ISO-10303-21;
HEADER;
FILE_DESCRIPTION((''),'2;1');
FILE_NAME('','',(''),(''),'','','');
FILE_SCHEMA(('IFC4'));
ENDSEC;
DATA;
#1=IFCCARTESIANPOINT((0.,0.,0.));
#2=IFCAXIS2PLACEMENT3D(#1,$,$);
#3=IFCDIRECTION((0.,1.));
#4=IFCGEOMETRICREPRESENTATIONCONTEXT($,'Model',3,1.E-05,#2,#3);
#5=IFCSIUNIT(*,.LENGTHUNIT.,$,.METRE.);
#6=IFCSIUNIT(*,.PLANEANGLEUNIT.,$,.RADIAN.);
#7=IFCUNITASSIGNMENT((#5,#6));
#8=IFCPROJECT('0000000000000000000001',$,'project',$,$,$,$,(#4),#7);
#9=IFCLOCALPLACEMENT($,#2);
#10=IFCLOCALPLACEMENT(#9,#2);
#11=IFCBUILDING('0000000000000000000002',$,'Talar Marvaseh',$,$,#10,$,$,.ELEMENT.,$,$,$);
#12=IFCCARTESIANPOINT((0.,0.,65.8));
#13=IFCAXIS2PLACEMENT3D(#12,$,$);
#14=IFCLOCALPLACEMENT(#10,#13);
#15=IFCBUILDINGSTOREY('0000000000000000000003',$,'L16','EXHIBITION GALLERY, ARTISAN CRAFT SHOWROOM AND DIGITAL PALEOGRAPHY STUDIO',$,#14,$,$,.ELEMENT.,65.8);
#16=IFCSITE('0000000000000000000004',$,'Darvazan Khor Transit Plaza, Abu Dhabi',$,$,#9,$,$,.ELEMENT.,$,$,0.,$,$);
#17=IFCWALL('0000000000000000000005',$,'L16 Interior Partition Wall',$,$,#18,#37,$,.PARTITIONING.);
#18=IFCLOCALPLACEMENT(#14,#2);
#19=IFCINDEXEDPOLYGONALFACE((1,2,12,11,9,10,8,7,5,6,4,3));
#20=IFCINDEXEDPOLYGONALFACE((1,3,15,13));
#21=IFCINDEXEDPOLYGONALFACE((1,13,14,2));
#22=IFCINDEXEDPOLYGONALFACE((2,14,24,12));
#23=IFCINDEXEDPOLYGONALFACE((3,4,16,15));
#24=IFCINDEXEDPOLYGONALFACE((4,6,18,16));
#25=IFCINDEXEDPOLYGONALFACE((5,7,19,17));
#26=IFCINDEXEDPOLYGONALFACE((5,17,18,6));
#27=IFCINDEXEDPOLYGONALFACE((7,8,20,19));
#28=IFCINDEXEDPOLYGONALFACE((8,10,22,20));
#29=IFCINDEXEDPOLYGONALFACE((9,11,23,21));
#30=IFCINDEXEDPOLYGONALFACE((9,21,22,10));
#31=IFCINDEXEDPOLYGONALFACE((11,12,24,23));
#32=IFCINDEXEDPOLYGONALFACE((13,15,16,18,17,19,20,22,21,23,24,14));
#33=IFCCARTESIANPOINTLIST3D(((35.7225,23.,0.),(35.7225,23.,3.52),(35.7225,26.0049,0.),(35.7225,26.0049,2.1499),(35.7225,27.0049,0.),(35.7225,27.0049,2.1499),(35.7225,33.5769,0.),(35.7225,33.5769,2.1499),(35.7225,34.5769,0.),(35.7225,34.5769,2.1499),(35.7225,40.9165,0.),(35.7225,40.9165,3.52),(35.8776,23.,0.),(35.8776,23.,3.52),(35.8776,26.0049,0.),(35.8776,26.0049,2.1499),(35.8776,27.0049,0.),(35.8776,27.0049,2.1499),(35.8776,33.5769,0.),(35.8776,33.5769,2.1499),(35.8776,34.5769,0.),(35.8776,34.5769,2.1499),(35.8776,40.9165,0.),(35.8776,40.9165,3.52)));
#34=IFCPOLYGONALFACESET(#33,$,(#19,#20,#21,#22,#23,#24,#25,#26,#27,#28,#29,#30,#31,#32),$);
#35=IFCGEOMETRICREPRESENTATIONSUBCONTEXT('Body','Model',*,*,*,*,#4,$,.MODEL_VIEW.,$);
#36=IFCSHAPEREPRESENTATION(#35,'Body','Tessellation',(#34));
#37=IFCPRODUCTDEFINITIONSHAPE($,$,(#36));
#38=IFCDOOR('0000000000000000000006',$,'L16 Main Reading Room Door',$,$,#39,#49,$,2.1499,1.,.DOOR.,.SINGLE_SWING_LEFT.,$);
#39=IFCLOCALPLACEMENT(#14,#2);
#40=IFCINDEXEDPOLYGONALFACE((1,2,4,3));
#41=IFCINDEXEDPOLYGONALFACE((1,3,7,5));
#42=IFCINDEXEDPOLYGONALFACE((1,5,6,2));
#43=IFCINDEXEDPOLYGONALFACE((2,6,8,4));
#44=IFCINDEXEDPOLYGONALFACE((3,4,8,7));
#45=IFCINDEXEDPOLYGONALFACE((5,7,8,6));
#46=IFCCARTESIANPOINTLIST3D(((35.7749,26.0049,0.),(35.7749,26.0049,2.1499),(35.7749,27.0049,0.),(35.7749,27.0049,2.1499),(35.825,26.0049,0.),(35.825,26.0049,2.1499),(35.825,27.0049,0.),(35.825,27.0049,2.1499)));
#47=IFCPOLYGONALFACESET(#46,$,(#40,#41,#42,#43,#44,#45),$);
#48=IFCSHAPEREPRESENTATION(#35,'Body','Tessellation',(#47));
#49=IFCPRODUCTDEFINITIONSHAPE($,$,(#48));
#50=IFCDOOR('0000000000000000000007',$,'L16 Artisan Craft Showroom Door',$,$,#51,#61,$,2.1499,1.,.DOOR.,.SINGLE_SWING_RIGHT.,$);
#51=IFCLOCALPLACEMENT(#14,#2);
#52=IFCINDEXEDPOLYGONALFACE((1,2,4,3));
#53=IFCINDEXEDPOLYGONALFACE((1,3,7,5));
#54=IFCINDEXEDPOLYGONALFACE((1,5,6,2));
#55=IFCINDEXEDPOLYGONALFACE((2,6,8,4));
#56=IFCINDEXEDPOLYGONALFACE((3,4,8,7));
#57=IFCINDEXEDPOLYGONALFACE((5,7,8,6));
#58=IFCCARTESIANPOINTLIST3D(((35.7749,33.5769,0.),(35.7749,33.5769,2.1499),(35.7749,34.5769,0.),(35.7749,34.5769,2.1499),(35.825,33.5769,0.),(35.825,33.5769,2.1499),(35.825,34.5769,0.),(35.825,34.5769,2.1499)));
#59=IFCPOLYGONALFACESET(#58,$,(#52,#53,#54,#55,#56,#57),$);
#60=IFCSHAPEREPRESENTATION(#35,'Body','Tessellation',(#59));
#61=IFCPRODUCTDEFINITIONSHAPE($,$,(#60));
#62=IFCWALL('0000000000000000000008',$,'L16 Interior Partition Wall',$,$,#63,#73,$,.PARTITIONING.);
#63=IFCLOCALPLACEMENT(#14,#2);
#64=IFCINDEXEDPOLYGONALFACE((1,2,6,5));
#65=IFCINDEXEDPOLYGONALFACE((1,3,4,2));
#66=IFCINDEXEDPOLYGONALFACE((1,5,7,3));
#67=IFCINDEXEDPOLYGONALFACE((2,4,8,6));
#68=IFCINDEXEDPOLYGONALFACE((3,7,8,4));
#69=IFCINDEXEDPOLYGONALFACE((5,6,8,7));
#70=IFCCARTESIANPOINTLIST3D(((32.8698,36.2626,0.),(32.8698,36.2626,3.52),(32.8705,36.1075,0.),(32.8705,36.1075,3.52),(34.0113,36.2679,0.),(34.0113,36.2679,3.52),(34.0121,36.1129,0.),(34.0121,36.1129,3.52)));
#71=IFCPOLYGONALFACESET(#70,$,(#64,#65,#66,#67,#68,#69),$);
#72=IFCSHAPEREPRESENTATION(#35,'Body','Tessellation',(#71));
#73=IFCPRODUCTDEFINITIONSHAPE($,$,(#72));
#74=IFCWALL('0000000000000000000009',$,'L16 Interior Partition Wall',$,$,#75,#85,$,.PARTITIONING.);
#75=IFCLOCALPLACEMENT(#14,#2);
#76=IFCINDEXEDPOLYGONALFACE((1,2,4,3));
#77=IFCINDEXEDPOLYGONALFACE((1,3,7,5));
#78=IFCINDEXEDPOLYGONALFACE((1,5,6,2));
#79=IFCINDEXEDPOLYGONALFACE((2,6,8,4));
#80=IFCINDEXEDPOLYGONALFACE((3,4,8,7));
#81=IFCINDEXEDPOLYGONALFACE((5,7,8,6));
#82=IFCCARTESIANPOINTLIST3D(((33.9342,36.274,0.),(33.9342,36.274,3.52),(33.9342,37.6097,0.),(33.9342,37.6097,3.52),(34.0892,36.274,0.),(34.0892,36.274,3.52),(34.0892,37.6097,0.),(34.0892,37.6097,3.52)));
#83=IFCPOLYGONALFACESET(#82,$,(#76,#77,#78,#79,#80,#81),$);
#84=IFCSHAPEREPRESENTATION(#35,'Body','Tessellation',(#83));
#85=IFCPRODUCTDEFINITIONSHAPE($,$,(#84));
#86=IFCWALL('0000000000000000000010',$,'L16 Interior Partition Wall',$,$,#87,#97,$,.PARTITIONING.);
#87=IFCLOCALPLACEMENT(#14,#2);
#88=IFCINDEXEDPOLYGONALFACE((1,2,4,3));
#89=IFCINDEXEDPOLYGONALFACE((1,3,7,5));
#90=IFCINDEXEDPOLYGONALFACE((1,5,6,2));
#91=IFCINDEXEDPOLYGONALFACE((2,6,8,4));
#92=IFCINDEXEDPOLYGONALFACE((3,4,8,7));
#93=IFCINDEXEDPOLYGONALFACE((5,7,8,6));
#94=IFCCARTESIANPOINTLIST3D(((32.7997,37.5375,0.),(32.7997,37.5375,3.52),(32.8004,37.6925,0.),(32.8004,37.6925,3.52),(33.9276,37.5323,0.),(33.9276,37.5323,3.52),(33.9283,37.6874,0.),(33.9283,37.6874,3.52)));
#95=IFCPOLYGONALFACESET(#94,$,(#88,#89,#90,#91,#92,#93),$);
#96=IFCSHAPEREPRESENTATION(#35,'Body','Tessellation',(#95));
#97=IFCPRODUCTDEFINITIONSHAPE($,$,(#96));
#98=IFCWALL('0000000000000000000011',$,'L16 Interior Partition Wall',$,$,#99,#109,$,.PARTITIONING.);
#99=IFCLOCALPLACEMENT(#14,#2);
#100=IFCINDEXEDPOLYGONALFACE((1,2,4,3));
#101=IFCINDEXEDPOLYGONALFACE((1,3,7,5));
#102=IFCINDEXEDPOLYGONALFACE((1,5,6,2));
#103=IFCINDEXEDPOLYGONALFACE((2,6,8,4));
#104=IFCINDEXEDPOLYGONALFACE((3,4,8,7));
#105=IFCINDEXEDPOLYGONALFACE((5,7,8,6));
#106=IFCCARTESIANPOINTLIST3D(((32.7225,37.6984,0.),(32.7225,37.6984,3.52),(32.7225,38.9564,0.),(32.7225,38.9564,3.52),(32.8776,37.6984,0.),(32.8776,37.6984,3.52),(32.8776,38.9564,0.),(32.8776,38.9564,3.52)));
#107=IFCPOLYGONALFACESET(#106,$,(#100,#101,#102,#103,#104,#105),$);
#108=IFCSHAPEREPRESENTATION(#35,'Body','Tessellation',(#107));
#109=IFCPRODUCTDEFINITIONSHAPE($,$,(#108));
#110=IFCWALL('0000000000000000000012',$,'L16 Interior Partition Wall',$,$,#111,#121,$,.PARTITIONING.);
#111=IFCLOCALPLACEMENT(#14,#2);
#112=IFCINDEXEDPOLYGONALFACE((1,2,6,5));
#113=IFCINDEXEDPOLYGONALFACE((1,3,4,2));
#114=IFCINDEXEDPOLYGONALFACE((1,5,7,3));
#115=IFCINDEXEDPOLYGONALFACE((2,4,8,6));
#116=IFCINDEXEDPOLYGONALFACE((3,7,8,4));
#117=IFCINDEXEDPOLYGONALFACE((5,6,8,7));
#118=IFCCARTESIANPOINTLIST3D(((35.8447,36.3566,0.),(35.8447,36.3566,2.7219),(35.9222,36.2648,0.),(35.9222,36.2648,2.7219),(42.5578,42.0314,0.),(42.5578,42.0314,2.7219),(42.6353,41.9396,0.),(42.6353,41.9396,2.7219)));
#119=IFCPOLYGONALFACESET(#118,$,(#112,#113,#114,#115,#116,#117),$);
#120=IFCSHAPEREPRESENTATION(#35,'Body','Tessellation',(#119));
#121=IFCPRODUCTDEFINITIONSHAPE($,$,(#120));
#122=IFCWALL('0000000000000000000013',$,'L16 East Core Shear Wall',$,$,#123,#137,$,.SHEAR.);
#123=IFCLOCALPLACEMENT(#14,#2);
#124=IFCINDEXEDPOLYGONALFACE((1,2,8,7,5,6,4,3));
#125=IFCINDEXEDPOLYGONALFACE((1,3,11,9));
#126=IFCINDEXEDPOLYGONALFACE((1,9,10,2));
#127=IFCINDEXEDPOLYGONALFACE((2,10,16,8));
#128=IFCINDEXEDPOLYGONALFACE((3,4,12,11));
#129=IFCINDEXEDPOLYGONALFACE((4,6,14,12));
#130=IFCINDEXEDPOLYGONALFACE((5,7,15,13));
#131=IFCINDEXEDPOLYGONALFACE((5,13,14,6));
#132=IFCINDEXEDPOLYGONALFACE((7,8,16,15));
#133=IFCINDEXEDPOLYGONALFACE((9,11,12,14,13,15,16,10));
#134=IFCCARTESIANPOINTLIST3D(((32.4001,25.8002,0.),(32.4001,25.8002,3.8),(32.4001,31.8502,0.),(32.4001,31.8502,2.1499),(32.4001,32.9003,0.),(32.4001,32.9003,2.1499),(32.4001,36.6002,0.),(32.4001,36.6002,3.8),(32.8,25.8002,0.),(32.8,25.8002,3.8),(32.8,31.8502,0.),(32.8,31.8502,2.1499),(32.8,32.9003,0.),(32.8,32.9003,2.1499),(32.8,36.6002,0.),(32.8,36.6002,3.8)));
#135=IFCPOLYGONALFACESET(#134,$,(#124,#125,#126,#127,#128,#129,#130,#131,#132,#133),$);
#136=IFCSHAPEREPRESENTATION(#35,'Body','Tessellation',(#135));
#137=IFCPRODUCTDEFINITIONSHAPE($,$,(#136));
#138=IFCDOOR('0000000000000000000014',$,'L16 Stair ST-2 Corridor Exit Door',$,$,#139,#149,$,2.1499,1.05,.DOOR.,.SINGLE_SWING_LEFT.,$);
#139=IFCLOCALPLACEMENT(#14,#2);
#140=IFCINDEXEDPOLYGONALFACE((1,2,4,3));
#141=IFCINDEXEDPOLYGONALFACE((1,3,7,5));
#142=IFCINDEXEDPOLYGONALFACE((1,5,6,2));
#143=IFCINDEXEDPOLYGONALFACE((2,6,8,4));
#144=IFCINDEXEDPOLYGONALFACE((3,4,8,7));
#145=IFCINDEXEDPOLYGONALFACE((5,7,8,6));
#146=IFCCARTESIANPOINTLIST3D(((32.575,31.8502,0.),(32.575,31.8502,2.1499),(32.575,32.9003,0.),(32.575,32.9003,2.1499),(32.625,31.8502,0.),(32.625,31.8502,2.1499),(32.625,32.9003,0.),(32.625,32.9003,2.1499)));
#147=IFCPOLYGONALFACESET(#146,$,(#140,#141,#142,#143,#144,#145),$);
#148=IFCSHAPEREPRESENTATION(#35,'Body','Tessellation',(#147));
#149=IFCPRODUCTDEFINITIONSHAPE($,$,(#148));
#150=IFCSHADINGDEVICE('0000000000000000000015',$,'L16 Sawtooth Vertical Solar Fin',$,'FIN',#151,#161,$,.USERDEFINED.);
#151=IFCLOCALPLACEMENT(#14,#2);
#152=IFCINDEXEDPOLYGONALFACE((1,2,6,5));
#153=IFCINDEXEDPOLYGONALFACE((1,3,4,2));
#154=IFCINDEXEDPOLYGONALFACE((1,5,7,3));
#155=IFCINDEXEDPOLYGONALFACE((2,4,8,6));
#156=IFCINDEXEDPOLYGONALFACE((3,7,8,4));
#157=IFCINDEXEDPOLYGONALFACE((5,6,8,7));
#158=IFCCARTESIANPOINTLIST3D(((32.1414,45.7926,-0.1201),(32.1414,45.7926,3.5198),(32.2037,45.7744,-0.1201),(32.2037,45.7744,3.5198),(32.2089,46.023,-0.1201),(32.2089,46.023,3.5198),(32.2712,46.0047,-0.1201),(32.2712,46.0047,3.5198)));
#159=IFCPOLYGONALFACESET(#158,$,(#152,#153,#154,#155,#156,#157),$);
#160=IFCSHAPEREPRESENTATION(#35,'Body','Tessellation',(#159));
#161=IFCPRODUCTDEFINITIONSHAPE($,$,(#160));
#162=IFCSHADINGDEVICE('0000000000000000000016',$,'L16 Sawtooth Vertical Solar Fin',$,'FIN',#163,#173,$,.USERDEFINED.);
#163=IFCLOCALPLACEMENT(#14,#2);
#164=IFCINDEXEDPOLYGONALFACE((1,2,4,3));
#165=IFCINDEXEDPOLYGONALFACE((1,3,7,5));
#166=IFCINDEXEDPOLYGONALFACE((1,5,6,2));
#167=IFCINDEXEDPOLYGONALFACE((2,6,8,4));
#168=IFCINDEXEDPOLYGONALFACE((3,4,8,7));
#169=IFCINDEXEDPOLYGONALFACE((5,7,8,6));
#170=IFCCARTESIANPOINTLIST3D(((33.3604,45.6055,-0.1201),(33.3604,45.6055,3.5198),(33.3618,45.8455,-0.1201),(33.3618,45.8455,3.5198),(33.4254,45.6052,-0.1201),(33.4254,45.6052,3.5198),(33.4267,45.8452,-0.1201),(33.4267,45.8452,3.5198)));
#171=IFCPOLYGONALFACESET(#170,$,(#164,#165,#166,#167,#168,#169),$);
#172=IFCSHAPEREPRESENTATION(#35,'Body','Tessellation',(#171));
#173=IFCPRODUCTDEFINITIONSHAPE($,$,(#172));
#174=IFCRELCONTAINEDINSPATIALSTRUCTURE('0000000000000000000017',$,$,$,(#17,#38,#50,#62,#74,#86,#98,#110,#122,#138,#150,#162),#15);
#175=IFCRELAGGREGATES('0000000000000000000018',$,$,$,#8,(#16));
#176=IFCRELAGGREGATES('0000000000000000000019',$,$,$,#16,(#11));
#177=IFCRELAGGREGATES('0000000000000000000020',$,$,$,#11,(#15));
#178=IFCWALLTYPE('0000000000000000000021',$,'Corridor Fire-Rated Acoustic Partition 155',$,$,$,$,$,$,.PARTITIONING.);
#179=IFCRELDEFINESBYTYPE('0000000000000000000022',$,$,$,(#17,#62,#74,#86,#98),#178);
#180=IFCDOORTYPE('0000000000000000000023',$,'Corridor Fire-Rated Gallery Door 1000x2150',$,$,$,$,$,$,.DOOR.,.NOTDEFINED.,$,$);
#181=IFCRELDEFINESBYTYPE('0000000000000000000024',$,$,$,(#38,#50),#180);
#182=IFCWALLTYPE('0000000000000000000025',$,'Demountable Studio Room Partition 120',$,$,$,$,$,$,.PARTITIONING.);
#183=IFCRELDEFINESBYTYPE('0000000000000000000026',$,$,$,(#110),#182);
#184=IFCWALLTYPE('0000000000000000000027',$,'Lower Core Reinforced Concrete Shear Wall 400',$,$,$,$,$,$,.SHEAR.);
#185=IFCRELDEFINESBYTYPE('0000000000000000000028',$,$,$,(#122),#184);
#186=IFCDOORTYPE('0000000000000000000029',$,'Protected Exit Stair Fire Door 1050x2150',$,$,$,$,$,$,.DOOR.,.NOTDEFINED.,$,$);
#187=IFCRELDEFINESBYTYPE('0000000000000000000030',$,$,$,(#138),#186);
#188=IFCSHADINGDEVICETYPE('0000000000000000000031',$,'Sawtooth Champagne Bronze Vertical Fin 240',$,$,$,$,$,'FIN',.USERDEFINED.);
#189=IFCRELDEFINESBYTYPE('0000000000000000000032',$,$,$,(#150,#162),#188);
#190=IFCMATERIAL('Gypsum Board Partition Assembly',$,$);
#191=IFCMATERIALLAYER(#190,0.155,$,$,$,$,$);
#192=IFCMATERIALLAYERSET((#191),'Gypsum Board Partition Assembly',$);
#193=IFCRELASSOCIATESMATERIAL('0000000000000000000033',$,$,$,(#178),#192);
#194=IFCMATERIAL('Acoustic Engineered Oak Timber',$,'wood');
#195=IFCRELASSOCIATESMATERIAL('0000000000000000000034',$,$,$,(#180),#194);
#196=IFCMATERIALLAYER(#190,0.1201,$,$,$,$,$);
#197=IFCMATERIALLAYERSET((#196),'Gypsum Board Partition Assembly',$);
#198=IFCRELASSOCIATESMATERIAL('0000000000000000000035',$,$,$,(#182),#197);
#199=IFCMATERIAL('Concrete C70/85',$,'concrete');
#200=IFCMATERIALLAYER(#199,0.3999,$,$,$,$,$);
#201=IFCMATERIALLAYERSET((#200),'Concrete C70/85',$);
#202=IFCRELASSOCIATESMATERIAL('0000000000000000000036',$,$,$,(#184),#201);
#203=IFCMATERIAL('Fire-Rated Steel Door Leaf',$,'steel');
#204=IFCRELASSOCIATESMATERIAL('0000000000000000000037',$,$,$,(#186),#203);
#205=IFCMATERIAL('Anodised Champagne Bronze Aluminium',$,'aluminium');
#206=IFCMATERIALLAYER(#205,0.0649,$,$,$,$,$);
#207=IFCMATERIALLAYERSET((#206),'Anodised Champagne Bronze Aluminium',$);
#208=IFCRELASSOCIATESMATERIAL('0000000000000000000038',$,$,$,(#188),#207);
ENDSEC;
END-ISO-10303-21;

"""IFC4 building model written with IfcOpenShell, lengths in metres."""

from ifc_helpers import new_model, si_unit, direction, frame, frame_2d, origin, origin_2d, place, context, subcontext, project, spatial, rectangle, extrude, source, transform, mapped, material, layer, layer_set, type_object, type_shapes, element, fill, save


model = new_model("IFC4")

# Units and contexts
model_context = context("Model", 3, precision=1e-05, world=origin(), true_north=direction((0.0, 1.0)))
body_context = subcontext(model_context, "Body", "Model", "MODEL_VIEW")
ifc_project = project(units=[si_unit("LENGTHUNIT", "METRE"), si_unit("PLANEANGLEUNIT", "RADIAN")], contexts=[model_context])

# Site, building, storey
site_placement = place(None, origin())
site = spatial("IfcSite", under=ifc_project, at=site_placement, Name="Darvazan Khor Transit Plaza, Abu Dhabi", CompositionType="ELEMENT", RefElevation=0.0)
building_placement = place(site_placement, origin())
building = spatial("IfcBuilding", under=site, at=building_placement, Name="Talar Marvaseh", CompositionType="ELEMENT")
storey_placement = place(building_placement, frame((0.0, 0.0, 65.8)))
storey = spatial("IfcBuildingStorey", under=building, at=storey_placement, Name="L16", Description="EXHIBITION GALLERY, ARTISAN CRAFT SHOWROOM AND DIGITAL PALEOGRAPHY STUDIO", CompositionType="ELEMENT", Elevation=65.8)

# Shared definitions
ifc_material_1 = material(Name="Concrete C70/85", Category="concrete")

# Wall, openings, doors
ifc_material_2 = material(Name="Gypsum Board Partition Assembly")
ifc_layer_1 = layer(ifc_material_2, 0.155)
ifc_layer_set_1 = layer_set([ifc_layer_1], Name="Gypsum Board Partition Assembly")
wall_type_1 = type_object("IfcWallType", Name="Corridor Fire-Rated Acoustic Partition 155", PredefinedType="PARTITIONING", material=ifc_layer_set_1)
ifc_material_3 = material(Name="Acoustic Engineered Oak Timber", Category="wood")
door_type_1 = type_object("IfcDoorType", Name="Corridor Fire-Rated Gallery Door 1000x2150", OperationType="NOTDEFINED", PredefinedType="DOOR", material=ifc_material_3)
shared_shape_1 = source(origin(), body_context, "Body", "SweptSolid", [
    extrude(rectangle(XDim=1.0, YDim=2.1499, at=frame_2d((0.5, 1.075))), frame((0.0, 0.0249, 0.0), z_axis=(0.0, -1.0, 0.0), x_axis=(1.0, 0.0, 0.0)), (0.0, 0.0, 1.0), 0.05),
])
type_shapes(door_type_1, [shared_shape_1])
wall_1_placement = place(storey_placement, frame((35.8, 40.9165, 0.0), z_axis=(0.0, 0.0, 1.0), x_axis=(0.0, -1.0, 0.0)))
wall_1 = element("IfcWall", 1, at=wall_1_placement, inside=storey, type_object=wall_type_1, Name="L16 Interior Partition Wall", PredefinedType="PARTITIONING", context=body_context, shape_type="SweptSolid", body=[
    extrude(rectangle(XDim=17.9165, YDim=0.155, at=frame_2d((8.9583, 0.0))), origin(), (0.0, 0.0, 1.0), 3.52),
])
opening_1_placement = place(wall_1_placement, frame((13.9116, 0.0, 0.0)))
opening_1 = element("IfcOpeningElement", 2, at=opening_1_placement, cuts=wall_1, PredefinedType="OPENING", context=body_context, shape_type="SweptSolid", body=[
    extrude(rectangle(XDim=1.0, YDim=2.1499, at=frame_2d((0.5, 1.075))), frame((0.0, 0.0874, 0.0), z_axis=(0.0, -1.0, 0.0), x_axis=(1.0, 0.0, 0.0)), (0.0, 0.0, 1.0), 0.175),
])
opening_2_placement = place(wall_1_placement, frame((6.3396, 0.0, 0.0)))
opening_2 = element("IfcOpeningElement", 3, at=opening_2_placement, cuts=wall_1, PredefinedType="OPENING", context=body_context, shape_type="SweptSolid", body=[
    extrude(rectangle(XDim=1.0, YDim=2.1499, at=frame_2d((0.5, 1.075))), frame((0.0, 0.0874, 0.0), z_axis=(0.0, -1.0, 0.0), x_axis=(1.0, 0.0, 0.0)), (0.0, 0.0, 1.0), 0.175),
])
door_1_placement = place(opening_1_placement, origin())
door_1 = element("IfcDoor", 4, at=door_1_placement, inside=storey, type_object=door_type_1, Name="L16 Main Reading Room Door", OperationType="SINGLE_SWING_LEFT", OverallHeight=2.1499, OverallWidth=1.0, PredefinedType="DOOR", context=body_context, shape_type="MappedRepresentation", body=[
    mapped(shared_shape_1, transform((0.0, 0.0, 0.0), x_axis=(1.0, 0.0, 0.0), y_axis=(0.0, 1.0, 0.0), z_axis=(0.0, 0.0, 1.0), scale=1.0)),
])
fill(opening_1, door_1)
door_2_placement = place(opening_2_placement, origin())
door_2 = element("IfcDoor", 5, at=door_2_placement, inside=storey, type_object=door_type_1, Name="L16 Artisan Craft Showroom Door", OperationType="SINGLE_SWING_RIGHT", OverallHeight=2.1499, OverallWidth=1.0, PredefinedType="DOOR", context=body_context, shape_type="MappedRepresentation", body=[
    mapped(shared_shape_1, transform((0.0, 0.0, 0.0), x_axis=(1.0, 0.0, 0.0), y_axis=(0.0, 1.0, 0.0), z_axis=(0.0, 0.0, 1.0), scale=1.0)),
])
fill(opening_2, door_2)

# Walls
wall_2_placement = place(storey_placement, frame((32.8701, 36.1851, 0.0), z_axis=(0.0, 0.0, 1.0), x_axis=(0.999989, 0.004705, 0.0)))
element("IfcWall", 6, at=wall_2_placement, inside=storey, type_object=wall_type_1, Name="L16 Interior Partition Wall", PredefinedType="PARTITIONING", context=body_context, shape_type="SweptSolid", body=[
    extrude(rectangle(XDim=1.1416, YDim=0.155, at=frame_2d((0.5708, 0.0))), origin(), (0.0, 0.0, 1.0), 3.52),
])
wall_3_placement = place(storey_placement, frame((34.0117, 36.2739, 0.0), z_axis=(0.0, 0.0, 1.0), x_axis=(0.0, 1.0, 0.0)))
element("IfcWall", 7, at=wall_3_placement, inside=storey, type_object=wall_type_1, Name="L16 Interior Partition Wall", PredefinedType="PARTITIONING", context=body_context, shape_type="SweptSolid", body=[
    extrude(rectangle(XDim=1.3357, YDim=0.155, at=frame_2d((0.668, 0.0))), origin(), (0.0, 0.0, 1.0), 3.52),
])
wall_4_placement = place(storey_placement, frame((33.928, 37.6099, 0.0), z_axis=(0.0, 0.0, 1.0), x_axis=(-0.99999, 0.004545, 0.0)))
element("IfcWall", 8, at=wall_4_placement, inside=storey, type_object=wall_type_1, Name="L16 Interior Partition Wall", PredefinedType="PARTITIONING", context=body_context, shape_type="SweptSolid", body=[
    extrude(rectangle(XDim=1.1279, YDim=0.155, at=frame_2d((0.564, 0.0))), origin(), (0.0, 0.0, 1.0), 3.52),
])
wall_5_placement = place(storey_placement, frame((32.8, 37.6985, 0.0), z_axis=(0.0, 0.0, 1.0), x_axis=(0.0, 1.0, 0.0)))
element("IfcWall", 9, at=wall_5_placement, inside=storey, type_object=wall_type_1, Name="L16 Interior Partition Wall", PredefinedType="PARTITIONING", context=body_context, shape_type="SweptSolid", body=[
    extrude(rectangle(XDim=1.2581, YDim=0.155, at=frame_2d((0.6289, 0.0))), origin(), (0.0, 0.0, 1.0), 3.52),
])
ifc_layer_2 = layer(ifc_material_2, 0.1201)
ifc_layer_set_2 = layer_set([ifc_layer_2], Name="Gypsum Board Partition Assembly")
wall_type_2 = type_object("IfcWallType", Name="Demountable Studio Room Partition 120", PredefinedType="PARTITIONING", material=ifc_layer_set_2)
wall_6_placement = place(storey_placement, frame((35.8835, 36.3108, 0.0), z_axis=(0.0, 0.0, 1.0), x_axis=(0.763697, 0.645575, 0.0)))
element("IfcWall", 10, at=wall_6_placement, inside=storey, type_object=wall_type_2, Name="L16 Interior Partition Wall", PredefinedType="PARTITIONING", context=body_context, shape_type="SweptSolid", body=[
    extrude(rectangle(XDim=8.7903, YDim=0.1201, at=frame_2d((4.395, 0.0))), origin(), (0.0, 0.0, 1.0), 2.7219),
])

# Wall, opening, door
ifc_layer_3 = layer(ifc_material_1, 0.3999)
ifc_layer_set_3 = layer_set([ifc_layer_3], Name="Concrete C70/85")
wall_type_3 = type_object("IfcWallType", Name="Lower Core Reinforced Concrete Shear Wall 400", PredefinedType="SHEAR", material=ifc_layer_set_3)
wall_7_placement = place(storey_placement, frame((32.6001, 36.6001, 0.0), z_axis=(0.0, 0.0, 1.0), x_axis=(0.0, -1.0, 0.0)))
wall_7 = element("IfcWall", 11, at=wall_7_placement, inside=storey, type_object=wall_type_3, Name="L16 East Core Shear Wall", PredefinedType="SHEAR", context=body_context, shape_type="SweptSolid", body=[
    extrude(rectangle(XDim=10.8, YDim=0.3999, at=frame_2d((5.3999, 0.0))), origin(), (0.0, 0.0, 1.0), 3.8),
])
opening_3_placement = place(wall_7_placement, frame((3.7, 0.0, 0.0)))
opening_3 = element("IfcOpeningElement", 12, at=opening_3_placement, cuts=wall_7, PredefinedType="OPENING", context=body_context, shape_type="SweptSolid", body=[
    extrude(rectangle(XDim=1.05, YDim=2.1499, at=frame_2d((0.5249, 1.075))), frame((0.0, 0.21, 0.0), z_axis=(0.0, -1.0, 0.0), x_axis=(1.0, 0.0, 0.0)), (0.0, 0.0, 1.0), 0.4199),
])
ifc_material_4 = material(Name="Fire-Rated Steel Door Leaf", Category="steel")
door_type_2 = type_object("IfcDoorType", Name="Protected Exit Stair Fire Door 1050x2150", OperationType="NOTDEFINED", PredefinedType="DOOR", material=ifc_material_4)
shared_shape_2 = source(origin(), body_context, "Body", "SweptSolid", [
    extrude(rectangle(XDim=1.05, YDim=2.1499, at=frame_2d((0.5249, 1.075))), frame((0.0, 0.0249, 0.0), z_axis=(0.0, -1.0, 0.0), x_axis=(1.0, 0.0, 0.0)), (0.0, 0.0, 1.0), 0.05),
])
type_shapes(door_type_2, [shared_shape_2])
door_3_placement = place(opening_3_placement, origin())
door_3 = element("IfcDoor", 13, at=door_3_placement, inside=storey, type_object=door_type_2, Name="L16 Stair ST-2 Corridor Exit Door", OperationType="SINGLE_SWING_LEFT", OverallHeight=2.1499, OverallWidth=1.05, PredefinedType="DOOR", context=body_context, shape_type="MappedRepresentation", body=[
    mapped(shared_shape_2, transform((0.0, 0.0, 0.0), x_axis=(1.0, 0.0, 0.0), y_axis=(0.0, 1.0, 0.0), z_axis=(0.0, 0.0, 1.0), scale=1.0)),
])
fill(opening_3, door_3)

# Shading devices
ifc_material_5 = material(Name="Anodised Champagne Bronze Aluminium", Category="aluminium")
ifc_layer_4 = layer(ifc_material_5, 0.0649)
ifc_layer_set_4 = layer_set([ifc_layer_4], Name="Anodised Champagne Bronze Aluminium")
shading_device_type = type_object("IfcShadingDeviceType", Name="Sawtooth Champagne Bronze Vertical Fin 240", ElementType="FIN", PredefinedType="USERDEFINED", material=ifc_layer_set_4)
shared_shape_3 = source(origin(), body_context, "Body", "SweptSolid", [
    extrude(rectangle(XDim=0.24, YDim=0.0649, at=origin_2d()), origin(), (0.0, 0.0, 1.0), 3.6399),
])
type_shapes(shading_device_type, [shared_shape_3])
for number, where, z_axis, x_axis, name in (
    (14, (32.2063, 45.8987, -0.1201), (0.0, 0.0, 1.0), (0.281002, 0.959707, 0.0), "L16 Sawtooth Vertical Solar Fin"),
    (15, (33.3936, 45.7253, -0.1201), (0.0, 0.0, 1.0), (0.005585, 0.999984, 0.0), "L16 Sawtooth Vertical Solar Fin"),
):
    element("IfcShadingDevice", number, at=place(storey_placement, frame(where, z_axis=z_axis, x_axis=x_axis)), inside=storey, type_object=shading_device_type, Name=name, ObjectType="FIN", PredefinedType="USERDEFINED", context=body_context, shape_type="MappedRepresentation", body=[
        mapped(shared_shape_3, transform((0.0, 0.0, 0.0), x_axis=(1.0, 0.0, 0.0), y_axis=(0.0, 1.0, 0.0), z_axis=(0.0, 0.0, 1.0), scale=1.0)),
    ])

save(model, "model.ifc")
